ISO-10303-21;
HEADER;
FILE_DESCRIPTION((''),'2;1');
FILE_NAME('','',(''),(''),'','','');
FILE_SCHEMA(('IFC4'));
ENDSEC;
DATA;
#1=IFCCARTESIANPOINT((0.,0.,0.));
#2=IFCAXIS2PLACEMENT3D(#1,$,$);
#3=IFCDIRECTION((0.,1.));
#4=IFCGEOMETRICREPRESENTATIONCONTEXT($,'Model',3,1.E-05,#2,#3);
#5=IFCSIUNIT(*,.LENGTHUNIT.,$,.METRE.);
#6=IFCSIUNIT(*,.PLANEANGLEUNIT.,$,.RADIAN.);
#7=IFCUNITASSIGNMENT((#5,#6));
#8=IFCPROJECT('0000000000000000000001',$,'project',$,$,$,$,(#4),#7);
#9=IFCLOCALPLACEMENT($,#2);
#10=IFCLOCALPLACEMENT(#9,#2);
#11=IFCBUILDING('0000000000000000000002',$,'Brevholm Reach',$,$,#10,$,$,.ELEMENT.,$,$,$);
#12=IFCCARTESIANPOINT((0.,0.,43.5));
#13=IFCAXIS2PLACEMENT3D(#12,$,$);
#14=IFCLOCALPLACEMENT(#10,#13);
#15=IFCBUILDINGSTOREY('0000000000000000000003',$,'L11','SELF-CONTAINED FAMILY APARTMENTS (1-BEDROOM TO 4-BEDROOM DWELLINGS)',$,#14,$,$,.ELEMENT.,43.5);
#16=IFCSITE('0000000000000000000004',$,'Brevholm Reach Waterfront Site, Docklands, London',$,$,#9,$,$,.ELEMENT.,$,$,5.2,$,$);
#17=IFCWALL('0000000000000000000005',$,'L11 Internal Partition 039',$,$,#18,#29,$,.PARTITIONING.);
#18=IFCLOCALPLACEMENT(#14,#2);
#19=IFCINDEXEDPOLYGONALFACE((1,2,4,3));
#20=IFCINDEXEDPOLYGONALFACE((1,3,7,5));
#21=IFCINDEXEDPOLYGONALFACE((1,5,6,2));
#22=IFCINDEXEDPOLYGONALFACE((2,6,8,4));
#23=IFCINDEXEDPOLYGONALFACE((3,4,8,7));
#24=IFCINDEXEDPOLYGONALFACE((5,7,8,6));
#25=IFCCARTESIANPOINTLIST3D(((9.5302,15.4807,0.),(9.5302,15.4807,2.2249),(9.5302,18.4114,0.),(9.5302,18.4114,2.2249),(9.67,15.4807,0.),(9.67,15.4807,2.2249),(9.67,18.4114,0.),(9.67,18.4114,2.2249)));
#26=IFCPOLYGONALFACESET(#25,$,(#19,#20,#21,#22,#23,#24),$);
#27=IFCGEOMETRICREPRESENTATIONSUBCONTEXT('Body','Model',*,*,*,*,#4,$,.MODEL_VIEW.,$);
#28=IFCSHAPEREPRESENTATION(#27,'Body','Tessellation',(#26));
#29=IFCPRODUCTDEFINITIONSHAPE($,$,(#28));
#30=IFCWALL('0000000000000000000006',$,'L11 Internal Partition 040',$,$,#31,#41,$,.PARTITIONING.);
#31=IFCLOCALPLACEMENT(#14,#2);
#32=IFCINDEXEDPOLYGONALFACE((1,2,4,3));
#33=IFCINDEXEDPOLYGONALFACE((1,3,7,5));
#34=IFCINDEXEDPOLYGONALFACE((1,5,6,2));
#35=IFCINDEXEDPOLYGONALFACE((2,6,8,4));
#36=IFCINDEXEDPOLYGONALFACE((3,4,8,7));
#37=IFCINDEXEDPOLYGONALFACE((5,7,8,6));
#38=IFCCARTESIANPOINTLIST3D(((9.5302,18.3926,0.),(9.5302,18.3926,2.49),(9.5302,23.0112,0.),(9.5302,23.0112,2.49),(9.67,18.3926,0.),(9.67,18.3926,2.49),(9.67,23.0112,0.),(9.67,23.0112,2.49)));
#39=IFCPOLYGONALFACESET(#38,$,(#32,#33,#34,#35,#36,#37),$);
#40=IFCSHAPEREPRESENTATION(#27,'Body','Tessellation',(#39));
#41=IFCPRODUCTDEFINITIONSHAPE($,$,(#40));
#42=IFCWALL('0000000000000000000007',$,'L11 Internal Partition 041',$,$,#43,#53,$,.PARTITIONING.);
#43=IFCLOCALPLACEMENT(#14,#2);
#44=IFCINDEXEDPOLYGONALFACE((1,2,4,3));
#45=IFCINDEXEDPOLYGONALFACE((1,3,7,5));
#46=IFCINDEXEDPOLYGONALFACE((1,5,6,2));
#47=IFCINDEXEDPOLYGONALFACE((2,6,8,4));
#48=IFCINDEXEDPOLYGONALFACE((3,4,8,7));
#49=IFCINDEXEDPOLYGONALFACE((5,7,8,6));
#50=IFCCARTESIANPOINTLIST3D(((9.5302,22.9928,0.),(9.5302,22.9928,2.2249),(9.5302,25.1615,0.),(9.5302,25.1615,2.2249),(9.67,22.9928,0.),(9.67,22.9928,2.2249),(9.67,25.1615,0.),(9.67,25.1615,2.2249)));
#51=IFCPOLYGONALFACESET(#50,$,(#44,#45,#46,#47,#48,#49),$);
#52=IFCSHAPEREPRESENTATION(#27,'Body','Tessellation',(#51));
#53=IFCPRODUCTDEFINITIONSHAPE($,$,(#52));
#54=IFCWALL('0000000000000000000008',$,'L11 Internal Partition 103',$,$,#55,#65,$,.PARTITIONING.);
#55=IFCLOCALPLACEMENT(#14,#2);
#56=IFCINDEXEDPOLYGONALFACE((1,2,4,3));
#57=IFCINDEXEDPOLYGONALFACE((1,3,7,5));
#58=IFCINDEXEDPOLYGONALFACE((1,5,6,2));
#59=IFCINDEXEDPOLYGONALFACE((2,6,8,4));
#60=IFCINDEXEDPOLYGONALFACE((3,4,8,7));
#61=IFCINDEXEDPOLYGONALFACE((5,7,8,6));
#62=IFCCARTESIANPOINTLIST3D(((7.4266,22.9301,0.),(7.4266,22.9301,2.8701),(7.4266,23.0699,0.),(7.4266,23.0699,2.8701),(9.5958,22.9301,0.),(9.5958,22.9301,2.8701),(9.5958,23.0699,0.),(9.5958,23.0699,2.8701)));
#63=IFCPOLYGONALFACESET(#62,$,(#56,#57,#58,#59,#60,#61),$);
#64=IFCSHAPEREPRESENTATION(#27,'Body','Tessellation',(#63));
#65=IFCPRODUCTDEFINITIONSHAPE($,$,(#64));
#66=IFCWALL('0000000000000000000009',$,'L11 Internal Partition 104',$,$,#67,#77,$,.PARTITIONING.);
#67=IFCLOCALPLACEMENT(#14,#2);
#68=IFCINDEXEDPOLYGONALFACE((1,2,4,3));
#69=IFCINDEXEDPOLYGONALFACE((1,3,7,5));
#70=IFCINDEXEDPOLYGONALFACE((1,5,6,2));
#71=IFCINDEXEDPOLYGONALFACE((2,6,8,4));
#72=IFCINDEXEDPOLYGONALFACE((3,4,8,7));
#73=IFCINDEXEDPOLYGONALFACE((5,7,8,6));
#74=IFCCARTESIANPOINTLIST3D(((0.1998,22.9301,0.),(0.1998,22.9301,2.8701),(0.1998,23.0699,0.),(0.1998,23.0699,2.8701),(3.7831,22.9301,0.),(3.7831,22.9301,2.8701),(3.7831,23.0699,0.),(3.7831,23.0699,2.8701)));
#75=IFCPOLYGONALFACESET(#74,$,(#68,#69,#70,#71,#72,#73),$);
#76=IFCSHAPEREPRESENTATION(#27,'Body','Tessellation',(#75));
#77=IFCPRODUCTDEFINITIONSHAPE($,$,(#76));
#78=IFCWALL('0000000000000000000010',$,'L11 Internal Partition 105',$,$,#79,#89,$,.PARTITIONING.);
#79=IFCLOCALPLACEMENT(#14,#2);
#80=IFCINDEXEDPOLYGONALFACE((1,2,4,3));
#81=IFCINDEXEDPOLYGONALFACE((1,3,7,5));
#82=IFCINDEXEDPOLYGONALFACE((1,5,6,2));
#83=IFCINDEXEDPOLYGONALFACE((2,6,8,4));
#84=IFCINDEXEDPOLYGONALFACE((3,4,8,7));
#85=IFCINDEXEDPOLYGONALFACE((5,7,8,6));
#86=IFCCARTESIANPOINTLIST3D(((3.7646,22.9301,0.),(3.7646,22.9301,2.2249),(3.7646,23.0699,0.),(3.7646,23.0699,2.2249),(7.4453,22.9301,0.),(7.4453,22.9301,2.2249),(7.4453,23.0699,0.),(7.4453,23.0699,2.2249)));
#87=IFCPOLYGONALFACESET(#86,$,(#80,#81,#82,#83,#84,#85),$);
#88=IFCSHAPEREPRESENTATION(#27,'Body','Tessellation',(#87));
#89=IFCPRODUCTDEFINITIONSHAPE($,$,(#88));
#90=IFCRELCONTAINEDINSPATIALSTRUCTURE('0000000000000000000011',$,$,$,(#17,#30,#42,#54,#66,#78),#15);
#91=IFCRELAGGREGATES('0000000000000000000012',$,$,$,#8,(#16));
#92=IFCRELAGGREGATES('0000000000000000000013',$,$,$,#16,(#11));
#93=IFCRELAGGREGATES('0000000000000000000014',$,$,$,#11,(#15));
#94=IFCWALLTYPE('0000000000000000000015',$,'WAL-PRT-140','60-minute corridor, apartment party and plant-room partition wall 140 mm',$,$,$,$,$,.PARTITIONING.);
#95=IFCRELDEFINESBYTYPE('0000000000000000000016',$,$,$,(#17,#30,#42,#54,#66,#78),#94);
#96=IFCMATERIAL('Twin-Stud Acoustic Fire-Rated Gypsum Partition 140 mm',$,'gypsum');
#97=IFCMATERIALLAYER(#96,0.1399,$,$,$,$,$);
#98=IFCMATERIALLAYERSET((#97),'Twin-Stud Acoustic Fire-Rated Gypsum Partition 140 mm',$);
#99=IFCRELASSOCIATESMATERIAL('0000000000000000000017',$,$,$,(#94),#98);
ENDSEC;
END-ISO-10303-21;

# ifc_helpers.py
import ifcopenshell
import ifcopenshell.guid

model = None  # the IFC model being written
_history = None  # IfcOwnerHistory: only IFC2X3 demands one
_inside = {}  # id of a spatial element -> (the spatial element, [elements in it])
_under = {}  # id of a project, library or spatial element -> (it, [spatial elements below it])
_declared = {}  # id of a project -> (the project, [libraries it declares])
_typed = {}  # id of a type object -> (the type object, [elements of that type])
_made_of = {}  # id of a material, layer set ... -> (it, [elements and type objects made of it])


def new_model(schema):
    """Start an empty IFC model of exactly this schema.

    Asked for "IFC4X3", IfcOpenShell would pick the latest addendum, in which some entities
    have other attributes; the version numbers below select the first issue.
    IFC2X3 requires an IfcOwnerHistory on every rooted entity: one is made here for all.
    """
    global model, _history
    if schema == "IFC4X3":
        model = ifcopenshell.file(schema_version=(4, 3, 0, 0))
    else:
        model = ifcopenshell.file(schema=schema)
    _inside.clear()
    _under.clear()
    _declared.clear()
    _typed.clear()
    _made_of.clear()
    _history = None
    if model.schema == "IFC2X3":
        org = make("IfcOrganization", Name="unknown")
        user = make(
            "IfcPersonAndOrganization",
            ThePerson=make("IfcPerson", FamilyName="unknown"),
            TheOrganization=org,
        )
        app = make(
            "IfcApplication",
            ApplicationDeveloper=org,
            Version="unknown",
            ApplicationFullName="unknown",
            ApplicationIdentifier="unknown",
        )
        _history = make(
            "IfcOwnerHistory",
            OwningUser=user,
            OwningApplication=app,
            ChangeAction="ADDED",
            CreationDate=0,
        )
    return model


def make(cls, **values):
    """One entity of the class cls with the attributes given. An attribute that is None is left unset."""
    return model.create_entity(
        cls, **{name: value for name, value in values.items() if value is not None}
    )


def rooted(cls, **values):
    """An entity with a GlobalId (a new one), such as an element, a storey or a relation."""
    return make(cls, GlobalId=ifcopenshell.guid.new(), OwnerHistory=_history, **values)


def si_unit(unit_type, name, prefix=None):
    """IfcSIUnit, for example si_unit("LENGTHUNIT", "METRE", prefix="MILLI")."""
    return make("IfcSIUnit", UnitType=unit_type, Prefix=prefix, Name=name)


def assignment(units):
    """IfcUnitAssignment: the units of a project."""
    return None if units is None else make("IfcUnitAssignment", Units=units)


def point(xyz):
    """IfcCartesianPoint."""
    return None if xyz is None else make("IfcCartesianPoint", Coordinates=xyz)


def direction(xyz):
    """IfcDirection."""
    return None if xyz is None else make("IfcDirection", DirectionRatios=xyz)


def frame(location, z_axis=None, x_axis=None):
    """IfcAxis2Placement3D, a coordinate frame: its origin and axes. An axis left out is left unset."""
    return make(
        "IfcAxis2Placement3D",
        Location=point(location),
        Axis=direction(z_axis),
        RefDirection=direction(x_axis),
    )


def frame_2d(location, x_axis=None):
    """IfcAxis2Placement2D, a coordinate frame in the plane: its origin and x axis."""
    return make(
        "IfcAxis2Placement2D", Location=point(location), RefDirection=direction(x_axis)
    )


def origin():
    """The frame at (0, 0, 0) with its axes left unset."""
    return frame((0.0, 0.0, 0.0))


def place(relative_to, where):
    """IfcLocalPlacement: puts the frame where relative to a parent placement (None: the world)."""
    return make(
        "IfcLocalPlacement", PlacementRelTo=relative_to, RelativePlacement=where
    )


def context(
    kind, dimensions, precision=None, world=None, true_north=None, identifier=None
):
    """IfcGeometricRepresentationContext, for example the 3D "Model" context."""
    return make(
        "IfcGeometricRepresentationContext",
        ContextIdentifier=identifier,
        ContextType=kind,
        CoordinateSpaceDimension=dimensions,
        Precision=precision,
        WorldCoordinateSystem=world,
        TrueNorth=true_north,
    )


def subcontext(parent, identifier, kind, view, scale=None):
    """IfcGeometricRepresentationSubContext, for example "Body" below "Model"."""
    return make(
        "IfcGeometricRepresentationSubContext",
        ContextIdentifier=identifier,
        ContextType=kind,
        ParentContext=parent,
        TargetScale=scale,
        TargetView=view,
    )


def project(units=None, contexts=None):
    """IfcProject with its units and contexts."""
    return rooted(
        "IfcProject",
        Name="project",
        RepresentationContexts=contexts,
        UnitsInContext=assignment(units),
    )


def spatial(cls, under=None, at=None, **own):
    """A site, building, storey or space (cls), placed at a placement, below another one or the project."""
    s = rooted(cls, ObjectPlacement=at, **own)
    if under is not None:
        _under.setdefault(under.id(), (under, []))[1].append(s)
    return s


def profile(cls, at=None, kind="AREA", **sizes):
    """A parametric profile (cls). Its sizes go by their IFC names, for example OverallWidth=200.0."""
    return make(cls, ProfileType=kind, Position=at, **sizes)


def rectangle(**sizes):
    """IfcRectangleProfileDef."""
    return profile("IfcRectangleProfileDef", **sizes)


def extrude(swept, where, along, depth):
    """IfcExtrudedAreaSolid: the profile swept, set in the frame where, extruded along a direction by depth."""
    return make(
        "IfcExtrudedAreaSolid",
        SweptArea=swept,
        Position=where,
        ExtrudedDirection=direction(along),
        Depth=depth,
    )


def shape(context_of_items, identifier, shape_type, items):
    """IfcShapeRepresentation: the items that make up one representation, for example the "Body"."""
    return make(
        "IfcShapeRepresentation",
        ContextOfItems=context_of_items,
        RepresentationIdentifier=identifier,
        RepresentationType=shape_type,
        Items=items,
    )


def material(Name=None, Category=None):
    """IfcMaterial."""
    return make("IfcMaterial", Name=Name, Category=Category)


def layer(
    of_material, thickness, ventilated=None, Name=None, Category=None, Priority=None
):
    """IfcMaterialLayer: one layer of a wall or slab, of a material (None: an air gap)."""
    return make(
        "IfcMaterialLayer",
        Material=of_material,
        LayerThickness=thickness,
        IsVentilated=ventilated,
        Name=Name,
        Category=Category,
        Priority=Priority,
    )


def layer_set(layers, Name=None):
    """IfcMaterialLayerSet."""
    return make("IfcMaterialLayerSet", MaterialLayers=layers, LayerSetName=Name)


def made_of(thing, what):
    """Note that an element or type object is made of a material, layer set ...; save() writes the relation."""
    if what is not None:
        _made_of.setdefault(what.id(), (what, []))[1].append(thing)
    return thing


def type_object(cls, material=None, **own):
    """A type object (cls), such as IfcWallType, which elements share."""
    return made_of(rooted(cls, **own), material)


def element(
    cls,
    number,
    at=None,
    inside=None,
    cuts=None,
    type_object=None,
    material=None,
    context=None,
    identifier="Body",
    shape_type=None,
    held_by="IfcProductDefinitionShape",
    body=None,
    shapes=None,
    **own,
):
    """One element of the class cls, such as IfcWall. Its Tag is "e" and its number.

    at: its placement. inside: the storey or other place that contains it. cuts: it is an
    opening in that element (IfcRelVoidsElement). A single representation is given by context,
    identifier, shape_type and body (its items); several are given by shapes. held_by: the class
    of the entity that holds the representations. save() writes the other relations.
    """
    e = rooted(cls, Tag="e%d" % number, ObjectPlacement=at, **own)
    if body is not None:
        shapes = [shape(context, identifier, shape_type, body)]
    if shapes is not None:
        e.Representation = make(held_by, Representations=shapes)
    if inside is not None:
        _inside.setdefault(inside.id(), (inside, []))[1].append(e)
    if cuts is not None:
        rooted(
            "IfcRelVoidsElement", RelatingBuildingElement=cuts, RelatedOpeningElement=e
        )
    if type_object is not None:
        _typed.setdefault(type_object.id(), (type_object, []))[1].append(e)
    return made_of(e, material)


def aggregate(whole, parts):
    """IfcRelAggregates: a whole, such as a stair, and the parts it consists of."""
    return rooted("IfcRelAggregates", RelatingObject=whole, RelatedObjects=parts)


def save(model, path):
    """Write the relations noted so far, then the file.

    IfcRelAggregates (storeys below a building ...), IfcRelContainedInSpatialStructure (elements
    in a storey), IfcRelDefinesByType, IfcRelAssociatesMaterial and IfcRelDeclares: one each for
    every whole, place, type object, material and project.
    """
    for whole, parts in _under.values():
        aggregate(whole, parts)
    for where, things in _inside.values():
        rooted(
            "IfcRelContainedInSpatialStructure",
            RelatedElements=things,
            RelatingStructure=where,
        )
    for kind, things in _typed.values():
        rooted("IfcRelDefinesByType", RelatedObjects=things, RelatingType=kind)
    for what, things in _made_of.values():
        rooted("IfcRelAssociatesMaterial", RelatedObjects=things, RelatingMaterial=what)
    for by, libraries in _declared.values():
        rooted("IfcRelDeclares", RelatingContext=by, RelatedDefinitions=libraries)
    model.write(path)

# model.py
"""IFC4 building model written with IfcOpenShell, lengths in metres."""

from ifc_helpers import new_model, si_unit, direction, frame, frame_2d, origin, place, context, subcontext, project, spatial, rectangle, extrude, material, layer, layer_set, type_object, element, save


model = new_model("IFC4")

# Units and contexts
model_context = context("Model", 3, precision=1e-05, world=origin(), true_north=direction((0.0, 1.0)))
body_context = subcontext(model_context, "Body", "Model", "MODEL_VIEW")
ifc_project = project(units=[si_unit("LENGTHUNIT", "METRE"), si_unit("PLANEANGLEUNIT", "RADIAN")], contexts=[model_context])

# Site, building, storey
site_placement = place(None, origin())
site = spatial("IfcSite", under=ifc_project, at=site_placement, Name="Brevholm Reach Waterfront Site, Docklands, London", CompositionType="ELEMENT", RefElevation=5.2)
building_placement = place(site_placement, origin())
building = spatial("IfcBuilding", under=site, at=building_placement, Name="Brevholm Reach", CompositionType="ELEMENT")
storey_placement = place(building_placement, frame((0.0, 0.0, 43.5)))
storey = spatial("IfcBuildingStorey", under=building, at=storey_placement, Name="L11", Description="SELF-CONTAINED FAMILY APARTMENTS (1-BEDROOM TO 4-BEDROOM DWELLINGS)", CompositionType="ELEMENT", Elevation=43.5)

# Walls
ifc_material_1 = material(Name="Twin-Stud Acoustic Fire-Rated Gypsum Partition 140 mm", Category="gypsum")
ifc_layer_1 = layer(ifc_material_1, 0.1399)
ifc_layer_set_1 = layer_set([ifc_layer_1], Name="Twin-Stud Acoustic Fire-Rated Gypsum Partition 140 mm")
wall_type_1 = type_object("IfcWallType", Name="WAL-PRT-140", Description="60-minute corridor, apartment party and plant-room partition wall 140 mm", PredefinedType="PARTITIONING", material=ifc_layer_set_1)
wall_1_placement = place(storey_placement, frame((9.6001, 15.4807, 0.0), z_axis=(0.0, 0.0, 1.0), x_axis=(0.0, 1.0, 0.0)))
element("IfcWall", 1, at=wall_1_placement, inside=storey, type_object=wall_type_1, Name="L11 Internal Partition 039", PredefinedType="PARTITIONING", context=body_context, shape_type="SweptSolid", body=[
    extrude(rectangle(XDim=2.9307, YDim=0.1399, at=frame_2d((1.4653, 0.0))), origin(), (0.0, 0.0, 1.0), 2.2249),
])
wall_2_placement = place(storey_placement, frame((9.6001, 18.3926, 0.0), z_axis=(0.0, 0.0, 1.0), x_axis=(0.0, 1.0, 0.0)))
element("IfcWall", 2, at=wall_2_placement, inside=storey, type_object=wall_type_1, Name="L11 Internal Partition 040", PredefinedType="PARTITIONING", context=body_context, shape_type="SweptSolid", body=[
    extrude(rectangle(XDim=4.6187, YDim=0.1399, at=frame_2d((2.3093, 0.0))), origin(), (0.0, 0.0, 1.0), 2.49),
])
wall_3_placement = place(storey_placement, frame((9.6001, 22.9927, 0.0), z_axis=(0.0, 0.0, 1.0), x_axis=(0.0, 1.0, 0.0)))
element("IfcWall", 3, at=wall_3_placement, inside=storey, type_object=wall_type_1, Name="L11 Internal Partition 041", PredefinedType="PARTITIONING", context=body_context, shape_type="SweptSolid", body=[
    extrude(rectangle(XDim=2.1687, YDim=0.1399, at=frame_2d((1.0845, 0.0))), origin(), (0.0, 0.0, 1.0), 2.2249),
])
wall_4_placement = place(storey_placement, frame((7.4268, 23.0, 0.0), z_axis=(0.0, 0.0, 1.0), x_axis=(1.0, 0.0, 0.0)))
element("IfcWall", 4, at=wall_4_placement, inside=storey, type_object=wall_type_1, Name="L11 Internal Partition 103", PredefinedType="PARTITIONING", context=body_context, shape_type="SweptSolid", body=[
    extrude(rectangle(XDim=2.1692, YDim=0.1399, at=frame_2d((1.0845, 0.0))), origin(), (0.0, 0.0, 1.0), 2.8701),
])
wall_5_placement = place(storey_placement, frame((0.2, 23.0, 0.0), z_axis=(0.0, 0.0, 1.0), x_axis=(1.0, 0.0, 0.0)))
element("IfcWall", 5, at=wall_5_placement, inside=storey, type_object=wall_type_1, Name="L11 Internal Partition 104", PredefinedType="PARTITIONING", context=body_context, shape_type="SweptSolid", body=[
    extrude(rectangle(XDim=3.5833, YDim=0.1399, at=frame_2d((1.7915, 0.0))), origin(), (0.0, 0.0, 1.0), 2.8701),
])
wall_6_placement = place(storey_placement, frame((3.7646, 23.0, 0.0), z_axis=(0.0, 0.0, 1.0), x_axis=(1.0, 0.0, 0.0)))
element("IfcWall", 6, at=wall_6_placement, inside=storey, type_object=wall_type_1, Name="L11 Internal Partition 105", PredefinedType="PARTITIONING", context=body_context, shape_type="SweptSolid", body=[
    extrude(rectangle(XDim=3.6807, YDim=0.1399, at=frame_2d((1.8403, 0.0))), origin(), (0.0, 0.0, 1.0), 2.2249),
])

save(model, "model.ifc")
